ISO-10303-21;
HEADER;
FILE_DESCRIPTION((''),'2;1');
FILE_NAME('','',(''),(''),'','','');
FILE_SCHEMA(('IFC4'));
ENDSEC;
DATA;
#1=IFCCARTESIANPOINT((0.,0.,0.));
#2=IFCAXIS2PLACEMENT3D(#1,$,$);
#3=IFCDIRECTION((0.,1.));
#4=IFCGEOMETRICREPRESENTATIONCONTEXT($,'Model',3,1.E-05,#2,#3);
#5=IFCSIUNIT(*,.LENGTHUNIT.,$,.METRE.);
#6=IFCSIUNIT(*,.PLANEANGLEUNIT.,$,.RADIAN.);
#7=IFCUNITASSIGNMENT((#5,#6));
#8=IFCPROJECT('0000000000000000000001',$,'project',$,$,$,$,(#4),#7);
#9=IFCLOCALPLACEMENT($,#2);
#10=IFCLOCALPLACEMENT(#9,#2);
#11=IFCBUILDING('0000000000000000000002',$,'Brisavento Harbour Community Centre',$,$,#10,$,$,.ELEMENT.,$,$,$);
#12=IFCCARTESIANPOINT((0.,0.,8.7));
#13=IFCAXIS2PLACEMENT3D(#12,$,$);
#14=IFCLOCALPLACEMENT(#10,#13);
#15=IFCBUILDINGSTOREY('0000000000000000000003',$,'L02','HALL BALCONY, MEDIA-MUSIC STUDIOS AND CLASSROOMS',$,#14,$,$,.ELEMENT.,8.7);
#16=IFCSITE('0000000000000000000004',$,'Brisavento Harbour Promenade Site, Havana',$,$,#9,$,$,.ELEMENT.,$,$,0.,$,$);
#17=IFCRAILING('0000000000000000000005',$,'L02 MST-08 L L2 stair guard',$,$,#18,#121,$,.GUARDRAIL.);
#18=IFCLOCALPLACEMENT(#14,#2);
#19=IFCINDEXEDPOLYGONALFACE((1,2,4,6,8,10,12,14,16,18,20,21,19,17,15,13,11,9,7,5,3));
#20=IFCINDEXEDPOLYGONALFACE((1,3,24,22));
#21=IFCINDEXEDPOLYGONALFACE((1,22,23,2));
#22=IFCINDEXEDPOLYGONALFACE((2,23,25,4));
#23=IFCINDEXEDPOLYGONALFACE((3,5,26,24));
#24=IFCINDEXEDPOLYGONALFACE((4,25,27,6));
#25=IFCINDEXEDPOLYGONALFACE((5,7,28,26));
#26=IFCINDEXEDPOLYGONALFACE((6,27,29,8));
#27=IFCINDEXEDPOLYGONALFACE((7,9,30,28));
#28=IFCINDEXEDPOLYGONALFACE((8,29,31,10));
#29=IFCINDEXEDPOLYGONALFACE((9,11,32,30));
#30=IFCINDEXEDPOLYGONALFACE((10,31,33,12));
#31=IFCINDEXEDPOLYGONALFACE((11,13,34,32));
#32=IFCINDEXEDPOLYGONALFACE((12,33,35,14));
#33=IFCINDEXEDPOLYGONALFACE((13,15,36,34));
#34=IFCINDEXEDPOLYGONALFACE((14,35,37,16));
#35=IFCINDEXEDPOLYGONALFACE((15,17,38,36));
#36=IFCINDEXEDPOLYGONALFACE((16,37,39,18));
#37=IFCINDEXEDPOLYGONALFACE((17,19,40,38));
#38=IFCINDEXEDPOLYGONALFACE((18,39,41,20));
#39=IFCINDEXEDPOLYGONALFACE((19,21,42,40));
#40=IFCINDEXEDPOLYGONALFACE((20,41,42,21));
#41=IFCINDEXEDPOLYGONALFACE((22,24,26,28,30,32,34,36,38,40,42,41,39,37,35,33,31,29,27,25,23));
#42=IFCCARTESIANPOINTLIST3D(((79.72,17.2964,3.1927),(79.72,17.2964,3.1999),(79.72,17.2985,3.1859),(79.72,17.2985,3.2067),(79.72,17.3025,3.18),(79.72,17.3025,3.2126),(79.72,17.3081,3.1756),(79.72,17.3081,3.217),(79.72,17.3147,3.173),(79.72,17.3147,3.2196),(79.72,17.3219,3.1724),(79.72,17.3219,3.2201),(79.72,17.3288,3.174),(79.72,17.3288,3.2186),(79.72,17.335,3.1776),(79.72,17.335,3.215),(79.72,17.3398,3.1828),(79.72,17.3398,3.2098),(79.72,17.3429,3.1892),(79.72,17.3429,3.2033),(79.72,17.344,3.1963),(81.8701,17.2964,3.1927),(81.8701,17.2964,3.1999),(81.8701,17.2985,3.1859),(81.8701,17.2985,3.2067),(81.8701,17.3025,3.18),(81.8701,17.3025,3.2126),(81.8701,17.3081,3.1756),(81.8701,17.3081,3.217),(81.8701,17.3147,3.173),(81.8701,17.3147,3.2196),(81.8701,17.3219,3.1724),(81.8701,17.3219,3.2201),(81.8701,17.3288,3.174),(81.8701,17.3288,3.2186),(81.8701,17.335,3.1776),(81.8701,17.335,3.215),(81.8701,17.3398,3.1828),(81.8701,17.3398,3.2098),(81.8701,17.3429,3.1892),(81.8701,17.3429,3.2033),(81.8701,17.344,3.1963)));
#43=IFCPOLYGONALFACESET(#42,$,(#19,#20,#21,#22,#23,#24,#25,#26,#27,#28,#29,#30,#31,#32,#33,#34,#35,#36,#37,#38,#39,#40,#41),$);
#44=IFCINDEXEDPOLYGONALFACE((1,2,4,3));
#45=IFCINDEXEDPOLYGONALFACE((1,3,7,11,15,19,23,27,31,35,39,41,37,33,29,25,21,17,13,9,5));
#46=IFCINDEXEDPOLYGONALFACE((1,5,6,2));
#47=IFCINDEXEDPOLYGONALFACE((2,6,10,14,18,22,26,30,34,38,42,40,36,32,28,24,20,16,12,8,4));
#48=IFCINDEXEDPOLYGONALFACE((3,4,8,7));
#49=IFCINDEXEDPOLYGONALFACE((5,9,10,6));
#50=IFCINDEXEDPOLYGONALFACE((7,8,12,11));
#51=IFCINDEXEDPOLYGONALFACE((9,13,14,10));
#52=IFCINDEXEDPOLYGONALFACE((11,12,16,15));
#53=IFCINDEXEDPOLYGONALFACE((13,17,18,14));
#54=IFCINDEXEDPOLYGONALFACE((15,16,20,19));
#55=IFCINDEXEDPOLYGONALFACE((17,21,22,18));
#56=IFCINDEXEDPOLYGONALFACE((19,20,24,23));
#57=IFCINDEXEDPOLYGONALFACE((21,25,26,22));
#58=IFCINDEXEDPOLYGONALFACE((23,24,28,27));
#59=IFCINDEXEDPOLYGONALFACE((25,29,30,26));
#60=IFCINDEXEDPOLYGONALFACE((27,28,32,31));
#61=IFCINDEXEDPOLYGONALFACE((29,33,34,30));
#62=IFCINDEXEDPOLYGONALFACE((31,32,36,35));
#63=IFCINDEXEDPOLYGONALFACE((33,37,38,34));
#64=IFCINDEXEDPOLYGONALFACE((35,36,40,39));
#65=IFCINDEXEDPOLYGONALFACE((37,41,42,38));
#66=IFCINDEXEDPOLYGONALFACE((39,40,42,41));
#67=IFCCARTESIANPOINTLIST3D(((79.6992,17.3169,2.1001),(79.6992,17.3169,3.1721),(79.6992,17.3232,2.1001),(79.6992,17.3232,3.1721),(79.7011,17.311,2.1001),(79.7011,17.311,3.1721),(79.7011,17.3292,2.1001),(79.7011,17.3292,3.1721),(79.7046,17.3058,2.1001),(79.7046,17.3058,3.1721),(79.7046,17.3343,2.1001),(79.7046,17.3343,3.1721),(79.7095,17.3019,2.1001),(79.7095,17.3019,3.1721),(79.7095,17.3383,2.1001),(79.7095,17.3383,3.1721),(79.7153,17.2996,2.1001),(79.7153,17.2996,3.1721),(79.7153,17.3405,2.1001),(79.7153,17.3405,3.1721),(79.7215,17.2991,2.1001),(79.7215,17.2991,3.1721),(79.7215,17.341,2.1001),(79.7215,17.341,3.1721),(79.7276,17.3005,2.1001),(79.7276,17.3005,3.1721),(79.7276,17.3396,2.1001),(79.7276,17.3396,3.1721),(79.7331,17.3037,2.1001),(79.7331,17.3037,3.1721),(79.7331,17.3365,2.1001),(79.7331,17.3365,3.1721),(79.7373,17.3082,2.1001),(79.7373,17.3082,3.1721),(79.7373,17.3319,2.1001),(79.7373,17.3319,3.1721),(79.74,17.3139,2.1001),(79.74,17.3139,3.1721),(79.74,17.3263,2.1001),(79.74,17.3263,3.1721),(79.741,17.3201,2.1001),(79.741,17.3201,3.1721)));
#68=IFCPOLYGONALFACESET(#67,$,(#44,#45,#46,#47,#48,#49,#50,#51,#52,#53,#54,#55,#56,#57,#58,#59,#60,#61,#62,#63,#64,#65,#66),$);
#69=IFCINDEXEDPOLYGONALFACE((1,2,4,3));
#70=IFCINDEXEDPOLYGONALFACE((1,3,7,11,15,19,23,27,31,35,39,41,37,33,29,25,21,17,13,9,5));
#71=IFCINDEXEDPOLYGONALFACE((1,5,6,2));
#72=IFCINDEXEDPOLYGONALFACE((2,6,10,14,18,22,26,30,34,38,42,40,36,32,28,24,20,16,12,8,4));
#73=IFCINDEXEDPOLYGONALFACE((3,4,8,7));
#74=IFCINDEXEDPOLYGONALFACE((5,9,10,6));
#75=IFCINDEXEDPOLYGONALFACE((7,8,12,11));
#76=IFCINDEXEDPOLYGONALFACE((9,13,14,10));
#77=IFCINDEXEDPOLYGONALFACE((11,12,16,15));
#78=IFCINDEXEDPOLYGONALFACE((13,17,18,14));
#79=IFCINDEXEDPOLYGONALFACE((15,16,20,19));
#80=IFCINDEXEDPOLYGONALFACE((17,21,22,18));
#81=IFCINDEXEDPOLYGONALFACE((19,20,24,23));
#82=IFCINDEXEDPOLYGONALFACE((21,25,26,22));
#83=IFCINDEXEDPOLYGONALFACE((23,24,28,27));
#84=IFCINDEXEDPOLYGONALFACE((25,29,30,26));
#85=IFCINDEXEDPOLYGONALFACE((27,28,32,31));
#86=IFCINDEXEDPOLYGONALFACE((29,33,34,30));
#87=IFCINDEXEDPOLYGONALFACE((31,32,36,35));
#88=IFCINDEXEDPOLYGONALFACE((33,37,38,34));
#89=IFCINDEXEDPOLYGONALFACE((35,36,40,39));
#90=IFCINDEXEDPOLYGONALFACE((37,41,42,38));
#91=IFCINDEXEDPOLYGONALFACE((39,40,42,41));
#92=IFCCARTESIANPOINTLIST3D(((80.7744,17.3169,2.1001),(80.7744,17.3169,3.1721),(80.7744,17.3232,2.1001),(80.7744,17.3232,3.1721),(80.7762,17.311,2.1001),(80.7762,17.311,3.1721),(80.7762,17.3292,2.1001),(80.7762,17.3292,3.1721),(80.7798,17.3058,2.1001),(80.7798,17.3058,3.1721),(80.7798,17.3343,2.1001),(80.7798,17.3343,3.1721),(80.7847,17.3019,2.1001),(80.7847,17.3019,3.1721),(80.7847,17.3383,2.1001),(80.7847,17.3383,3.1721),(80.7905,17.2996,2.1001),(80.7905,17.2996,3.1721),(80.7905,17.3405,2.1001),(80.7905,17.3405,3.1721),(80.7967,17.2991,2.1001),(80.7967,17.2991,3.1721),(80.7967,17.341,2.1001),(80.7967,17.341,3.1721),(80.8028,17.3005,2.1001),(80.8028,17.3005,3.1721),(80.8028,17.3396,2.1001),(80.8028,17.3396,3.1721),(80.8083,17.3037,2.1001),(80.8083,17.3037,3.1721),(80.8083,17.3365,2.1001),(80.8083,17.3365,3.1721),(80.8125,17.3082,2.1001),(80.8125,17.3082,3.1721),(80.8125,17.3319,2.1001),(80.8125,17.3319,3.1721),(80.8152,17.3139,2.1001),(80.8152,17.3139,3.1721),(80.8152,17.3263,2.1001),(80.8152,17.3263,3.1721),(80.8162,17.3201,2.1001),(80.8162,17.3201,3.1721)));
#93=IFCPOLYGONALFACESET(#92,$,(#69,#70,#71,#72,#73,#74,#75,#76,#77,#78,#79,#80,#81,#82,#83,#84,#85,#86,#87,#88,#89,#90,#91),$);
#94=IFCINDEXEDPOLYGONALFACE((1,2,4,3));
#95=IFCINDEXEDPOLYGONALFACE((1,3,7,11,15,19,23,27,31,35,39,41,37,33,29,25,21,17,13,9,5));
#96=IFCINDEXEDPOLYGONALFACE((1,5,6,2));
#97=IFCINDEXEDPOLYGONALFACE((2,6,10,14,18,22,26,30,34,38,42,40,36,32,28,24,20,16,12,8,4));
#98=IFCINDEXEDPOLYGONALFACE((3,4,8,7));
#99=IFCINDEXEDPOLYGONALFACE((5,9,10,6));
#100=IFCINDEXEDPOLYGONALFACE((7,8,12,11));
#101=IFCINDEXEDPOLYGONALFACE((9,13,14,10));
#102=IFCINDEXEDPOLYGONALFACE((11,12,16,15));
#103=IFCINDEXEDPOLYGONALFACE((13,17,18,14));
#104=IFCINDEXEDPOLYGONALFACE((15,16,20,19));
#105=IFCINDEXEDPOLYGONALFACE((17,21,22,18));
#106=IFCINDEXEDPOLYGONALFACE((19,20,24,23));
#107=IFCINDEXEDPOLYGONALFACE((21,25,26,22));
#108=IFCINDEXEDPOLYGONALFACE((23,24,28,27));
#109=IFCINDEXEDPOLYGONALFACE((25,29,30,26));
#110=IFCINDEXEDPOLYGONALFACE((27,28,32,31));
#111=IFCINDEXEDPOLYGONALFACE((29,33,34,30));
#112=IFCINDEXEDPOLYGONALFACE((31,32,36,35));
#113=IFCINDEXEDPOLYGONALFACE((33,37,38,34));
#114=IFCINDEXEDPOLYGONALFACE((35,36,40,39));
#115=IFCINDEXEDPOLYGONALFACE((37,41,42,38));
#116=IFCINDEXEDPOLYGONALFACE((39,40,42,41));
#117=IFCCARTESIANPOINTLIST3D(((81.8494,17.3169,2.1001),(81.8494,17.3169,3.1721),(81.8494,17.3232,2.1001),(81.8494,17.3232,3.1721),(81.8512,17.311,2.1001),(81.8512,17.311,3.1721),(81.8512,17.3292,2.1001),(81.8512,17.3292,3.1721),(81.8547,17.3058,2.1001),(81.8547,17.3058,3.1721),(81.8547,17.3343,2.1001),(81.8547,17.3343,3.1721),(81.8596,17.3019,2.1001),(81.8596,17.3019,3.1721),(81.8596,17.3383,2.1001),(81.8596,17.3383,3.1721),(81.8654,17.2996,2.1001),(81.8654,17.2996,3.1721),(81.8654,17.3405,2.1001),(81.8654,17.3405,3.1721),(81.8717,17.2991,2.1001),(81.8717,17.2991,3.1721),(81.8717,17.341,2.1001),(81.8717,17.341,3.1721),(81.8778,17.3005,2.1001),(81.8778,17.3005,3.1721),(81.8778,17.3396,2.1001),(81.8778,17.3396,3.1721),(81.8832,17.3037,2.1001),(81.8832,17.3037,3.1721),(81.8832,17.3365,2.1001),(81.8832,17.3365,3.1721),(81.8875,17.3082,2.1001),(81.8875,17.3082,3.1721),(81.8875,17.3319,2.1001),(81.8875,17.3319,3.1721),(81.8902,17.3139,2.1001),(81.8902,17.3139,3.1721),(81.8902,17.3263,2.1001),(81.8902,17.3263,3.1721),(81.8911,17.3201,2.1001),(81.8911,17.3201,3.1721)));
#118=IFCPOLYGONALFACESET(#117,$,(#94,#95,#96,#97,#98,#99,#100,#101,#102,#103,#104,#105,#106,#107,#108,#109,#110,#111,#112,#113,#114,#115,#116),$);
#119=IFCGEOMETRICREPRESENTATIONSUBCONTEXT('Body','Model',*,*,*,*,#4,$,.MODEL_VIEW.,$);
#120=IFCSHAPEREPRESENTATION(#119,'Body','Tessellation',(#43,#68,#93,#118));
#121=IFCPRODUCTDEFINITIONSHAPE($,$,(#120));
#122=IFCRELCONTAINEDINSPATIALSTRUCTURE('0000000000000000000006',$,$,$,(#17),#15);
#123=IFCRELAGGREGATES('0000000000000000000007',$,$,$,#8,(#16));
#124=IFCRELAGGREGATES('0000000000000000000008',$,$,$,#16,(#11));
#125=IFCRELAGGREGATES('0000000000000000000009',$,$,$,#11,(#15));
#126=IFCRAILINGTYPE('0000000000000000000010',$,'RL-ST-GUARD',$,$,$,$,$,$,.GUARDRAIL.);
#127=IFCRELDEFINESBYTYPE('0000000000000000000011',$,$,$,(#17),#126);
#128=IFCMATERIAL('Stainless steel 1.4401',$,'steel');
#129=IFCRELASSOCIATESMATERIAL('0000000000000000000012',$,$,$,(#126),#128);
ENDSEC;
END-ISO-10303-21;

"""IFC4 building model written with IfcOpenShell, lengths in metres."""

from ifc_helpers import new_model, si_unit, direction, frame, origin, origin_2d, place, context, subcontext, project, spatial, circle, extrude, material, type_object, element, save


model = new_model("IFC4")

# Units and contexts
model_context = context("Model", 3, precision=1e-05, world=origin(), true_north=direction((0.0, 1.0)))
body_context = subcontext(model_context, "Body", "Model", "MODEL_VIEW")
ifc_project = project(units=[si_unit("LENGTHUNIT", "METRE"), si_unit("PLANEANGLEUNIT", "RADIAN")], contexts=[model_context])

# Site, building, storey
site_placement = place(None, origin())
site = spatial("IfcSite", under=ifc_project, at=site_placement, Name="Brisavento Harbour Promenade Site, Havana", CompositionType="ELEMENT", RefElevation=0.0)
building_placement = place(site_placement, origin())
building = spatial("IfcBuilding", under=site, at=building_placement, Name="Brisavento Harbour Community Centre", CompositionType="ELEMENT")
storey_placement = place(building_placement, frame((0.0, 0.0, 8.7)))
storey = spatial("IfcBuildingStorey", under=building, at=storey_placement, Name="L02", Description="HALL BALCONY, MEDIA-MUSIC STUDIOS AND CLASSROOMS", CompositionType="ELEMENT", Elevation=8.7)

# Railing
ifc_material_1 = material(Name="Stainless steel 1.4401", Category="steel")
railing_type = type_object("IfcRailingType", Name="RL-ST-GUARD", PredefinedType="GUARDRAIL", material=ifc_material_1)
railing_1_placement = place(storey_placement, frame((79.72, 17.3201, 2.1001)))
element("IfcRailing", 1, at=railing_1_placement, inside=storey, type_object=railing_type, Name="L02 MST-08 L L2 stair guard", PredefinedType="GUARDRAIL", context=body_context, shape_type="SweptSolid", body=[
    extrude(circle(Radius=0.0239, at=origin_2d()), frame((0.0, 0.0, 1.0962), z_axis=(1.0, 0.0, 0.0), x_axis=(0.0, 1.0, 0.0)), (0.0, 0.0, 1.0), 2.1501),
    extrude(circle(Radius=0.021, at=origin_2d()), origin(), (0.0, 0.0, 1.0), 1.072),
    extrude(circle(Radius=0.021, at=origin_2d()), frame((1.0752, 0.0, 0.0)), (0.0, 0.0, 1.0), 1.072),
    extrude(circle(Radius=0.021, at=origin_2d()), frame((2.1501, 0.0, 0.0)), (0.0, 0.0, 1.0), 1.072),
])

save(model, "model.ifc")
